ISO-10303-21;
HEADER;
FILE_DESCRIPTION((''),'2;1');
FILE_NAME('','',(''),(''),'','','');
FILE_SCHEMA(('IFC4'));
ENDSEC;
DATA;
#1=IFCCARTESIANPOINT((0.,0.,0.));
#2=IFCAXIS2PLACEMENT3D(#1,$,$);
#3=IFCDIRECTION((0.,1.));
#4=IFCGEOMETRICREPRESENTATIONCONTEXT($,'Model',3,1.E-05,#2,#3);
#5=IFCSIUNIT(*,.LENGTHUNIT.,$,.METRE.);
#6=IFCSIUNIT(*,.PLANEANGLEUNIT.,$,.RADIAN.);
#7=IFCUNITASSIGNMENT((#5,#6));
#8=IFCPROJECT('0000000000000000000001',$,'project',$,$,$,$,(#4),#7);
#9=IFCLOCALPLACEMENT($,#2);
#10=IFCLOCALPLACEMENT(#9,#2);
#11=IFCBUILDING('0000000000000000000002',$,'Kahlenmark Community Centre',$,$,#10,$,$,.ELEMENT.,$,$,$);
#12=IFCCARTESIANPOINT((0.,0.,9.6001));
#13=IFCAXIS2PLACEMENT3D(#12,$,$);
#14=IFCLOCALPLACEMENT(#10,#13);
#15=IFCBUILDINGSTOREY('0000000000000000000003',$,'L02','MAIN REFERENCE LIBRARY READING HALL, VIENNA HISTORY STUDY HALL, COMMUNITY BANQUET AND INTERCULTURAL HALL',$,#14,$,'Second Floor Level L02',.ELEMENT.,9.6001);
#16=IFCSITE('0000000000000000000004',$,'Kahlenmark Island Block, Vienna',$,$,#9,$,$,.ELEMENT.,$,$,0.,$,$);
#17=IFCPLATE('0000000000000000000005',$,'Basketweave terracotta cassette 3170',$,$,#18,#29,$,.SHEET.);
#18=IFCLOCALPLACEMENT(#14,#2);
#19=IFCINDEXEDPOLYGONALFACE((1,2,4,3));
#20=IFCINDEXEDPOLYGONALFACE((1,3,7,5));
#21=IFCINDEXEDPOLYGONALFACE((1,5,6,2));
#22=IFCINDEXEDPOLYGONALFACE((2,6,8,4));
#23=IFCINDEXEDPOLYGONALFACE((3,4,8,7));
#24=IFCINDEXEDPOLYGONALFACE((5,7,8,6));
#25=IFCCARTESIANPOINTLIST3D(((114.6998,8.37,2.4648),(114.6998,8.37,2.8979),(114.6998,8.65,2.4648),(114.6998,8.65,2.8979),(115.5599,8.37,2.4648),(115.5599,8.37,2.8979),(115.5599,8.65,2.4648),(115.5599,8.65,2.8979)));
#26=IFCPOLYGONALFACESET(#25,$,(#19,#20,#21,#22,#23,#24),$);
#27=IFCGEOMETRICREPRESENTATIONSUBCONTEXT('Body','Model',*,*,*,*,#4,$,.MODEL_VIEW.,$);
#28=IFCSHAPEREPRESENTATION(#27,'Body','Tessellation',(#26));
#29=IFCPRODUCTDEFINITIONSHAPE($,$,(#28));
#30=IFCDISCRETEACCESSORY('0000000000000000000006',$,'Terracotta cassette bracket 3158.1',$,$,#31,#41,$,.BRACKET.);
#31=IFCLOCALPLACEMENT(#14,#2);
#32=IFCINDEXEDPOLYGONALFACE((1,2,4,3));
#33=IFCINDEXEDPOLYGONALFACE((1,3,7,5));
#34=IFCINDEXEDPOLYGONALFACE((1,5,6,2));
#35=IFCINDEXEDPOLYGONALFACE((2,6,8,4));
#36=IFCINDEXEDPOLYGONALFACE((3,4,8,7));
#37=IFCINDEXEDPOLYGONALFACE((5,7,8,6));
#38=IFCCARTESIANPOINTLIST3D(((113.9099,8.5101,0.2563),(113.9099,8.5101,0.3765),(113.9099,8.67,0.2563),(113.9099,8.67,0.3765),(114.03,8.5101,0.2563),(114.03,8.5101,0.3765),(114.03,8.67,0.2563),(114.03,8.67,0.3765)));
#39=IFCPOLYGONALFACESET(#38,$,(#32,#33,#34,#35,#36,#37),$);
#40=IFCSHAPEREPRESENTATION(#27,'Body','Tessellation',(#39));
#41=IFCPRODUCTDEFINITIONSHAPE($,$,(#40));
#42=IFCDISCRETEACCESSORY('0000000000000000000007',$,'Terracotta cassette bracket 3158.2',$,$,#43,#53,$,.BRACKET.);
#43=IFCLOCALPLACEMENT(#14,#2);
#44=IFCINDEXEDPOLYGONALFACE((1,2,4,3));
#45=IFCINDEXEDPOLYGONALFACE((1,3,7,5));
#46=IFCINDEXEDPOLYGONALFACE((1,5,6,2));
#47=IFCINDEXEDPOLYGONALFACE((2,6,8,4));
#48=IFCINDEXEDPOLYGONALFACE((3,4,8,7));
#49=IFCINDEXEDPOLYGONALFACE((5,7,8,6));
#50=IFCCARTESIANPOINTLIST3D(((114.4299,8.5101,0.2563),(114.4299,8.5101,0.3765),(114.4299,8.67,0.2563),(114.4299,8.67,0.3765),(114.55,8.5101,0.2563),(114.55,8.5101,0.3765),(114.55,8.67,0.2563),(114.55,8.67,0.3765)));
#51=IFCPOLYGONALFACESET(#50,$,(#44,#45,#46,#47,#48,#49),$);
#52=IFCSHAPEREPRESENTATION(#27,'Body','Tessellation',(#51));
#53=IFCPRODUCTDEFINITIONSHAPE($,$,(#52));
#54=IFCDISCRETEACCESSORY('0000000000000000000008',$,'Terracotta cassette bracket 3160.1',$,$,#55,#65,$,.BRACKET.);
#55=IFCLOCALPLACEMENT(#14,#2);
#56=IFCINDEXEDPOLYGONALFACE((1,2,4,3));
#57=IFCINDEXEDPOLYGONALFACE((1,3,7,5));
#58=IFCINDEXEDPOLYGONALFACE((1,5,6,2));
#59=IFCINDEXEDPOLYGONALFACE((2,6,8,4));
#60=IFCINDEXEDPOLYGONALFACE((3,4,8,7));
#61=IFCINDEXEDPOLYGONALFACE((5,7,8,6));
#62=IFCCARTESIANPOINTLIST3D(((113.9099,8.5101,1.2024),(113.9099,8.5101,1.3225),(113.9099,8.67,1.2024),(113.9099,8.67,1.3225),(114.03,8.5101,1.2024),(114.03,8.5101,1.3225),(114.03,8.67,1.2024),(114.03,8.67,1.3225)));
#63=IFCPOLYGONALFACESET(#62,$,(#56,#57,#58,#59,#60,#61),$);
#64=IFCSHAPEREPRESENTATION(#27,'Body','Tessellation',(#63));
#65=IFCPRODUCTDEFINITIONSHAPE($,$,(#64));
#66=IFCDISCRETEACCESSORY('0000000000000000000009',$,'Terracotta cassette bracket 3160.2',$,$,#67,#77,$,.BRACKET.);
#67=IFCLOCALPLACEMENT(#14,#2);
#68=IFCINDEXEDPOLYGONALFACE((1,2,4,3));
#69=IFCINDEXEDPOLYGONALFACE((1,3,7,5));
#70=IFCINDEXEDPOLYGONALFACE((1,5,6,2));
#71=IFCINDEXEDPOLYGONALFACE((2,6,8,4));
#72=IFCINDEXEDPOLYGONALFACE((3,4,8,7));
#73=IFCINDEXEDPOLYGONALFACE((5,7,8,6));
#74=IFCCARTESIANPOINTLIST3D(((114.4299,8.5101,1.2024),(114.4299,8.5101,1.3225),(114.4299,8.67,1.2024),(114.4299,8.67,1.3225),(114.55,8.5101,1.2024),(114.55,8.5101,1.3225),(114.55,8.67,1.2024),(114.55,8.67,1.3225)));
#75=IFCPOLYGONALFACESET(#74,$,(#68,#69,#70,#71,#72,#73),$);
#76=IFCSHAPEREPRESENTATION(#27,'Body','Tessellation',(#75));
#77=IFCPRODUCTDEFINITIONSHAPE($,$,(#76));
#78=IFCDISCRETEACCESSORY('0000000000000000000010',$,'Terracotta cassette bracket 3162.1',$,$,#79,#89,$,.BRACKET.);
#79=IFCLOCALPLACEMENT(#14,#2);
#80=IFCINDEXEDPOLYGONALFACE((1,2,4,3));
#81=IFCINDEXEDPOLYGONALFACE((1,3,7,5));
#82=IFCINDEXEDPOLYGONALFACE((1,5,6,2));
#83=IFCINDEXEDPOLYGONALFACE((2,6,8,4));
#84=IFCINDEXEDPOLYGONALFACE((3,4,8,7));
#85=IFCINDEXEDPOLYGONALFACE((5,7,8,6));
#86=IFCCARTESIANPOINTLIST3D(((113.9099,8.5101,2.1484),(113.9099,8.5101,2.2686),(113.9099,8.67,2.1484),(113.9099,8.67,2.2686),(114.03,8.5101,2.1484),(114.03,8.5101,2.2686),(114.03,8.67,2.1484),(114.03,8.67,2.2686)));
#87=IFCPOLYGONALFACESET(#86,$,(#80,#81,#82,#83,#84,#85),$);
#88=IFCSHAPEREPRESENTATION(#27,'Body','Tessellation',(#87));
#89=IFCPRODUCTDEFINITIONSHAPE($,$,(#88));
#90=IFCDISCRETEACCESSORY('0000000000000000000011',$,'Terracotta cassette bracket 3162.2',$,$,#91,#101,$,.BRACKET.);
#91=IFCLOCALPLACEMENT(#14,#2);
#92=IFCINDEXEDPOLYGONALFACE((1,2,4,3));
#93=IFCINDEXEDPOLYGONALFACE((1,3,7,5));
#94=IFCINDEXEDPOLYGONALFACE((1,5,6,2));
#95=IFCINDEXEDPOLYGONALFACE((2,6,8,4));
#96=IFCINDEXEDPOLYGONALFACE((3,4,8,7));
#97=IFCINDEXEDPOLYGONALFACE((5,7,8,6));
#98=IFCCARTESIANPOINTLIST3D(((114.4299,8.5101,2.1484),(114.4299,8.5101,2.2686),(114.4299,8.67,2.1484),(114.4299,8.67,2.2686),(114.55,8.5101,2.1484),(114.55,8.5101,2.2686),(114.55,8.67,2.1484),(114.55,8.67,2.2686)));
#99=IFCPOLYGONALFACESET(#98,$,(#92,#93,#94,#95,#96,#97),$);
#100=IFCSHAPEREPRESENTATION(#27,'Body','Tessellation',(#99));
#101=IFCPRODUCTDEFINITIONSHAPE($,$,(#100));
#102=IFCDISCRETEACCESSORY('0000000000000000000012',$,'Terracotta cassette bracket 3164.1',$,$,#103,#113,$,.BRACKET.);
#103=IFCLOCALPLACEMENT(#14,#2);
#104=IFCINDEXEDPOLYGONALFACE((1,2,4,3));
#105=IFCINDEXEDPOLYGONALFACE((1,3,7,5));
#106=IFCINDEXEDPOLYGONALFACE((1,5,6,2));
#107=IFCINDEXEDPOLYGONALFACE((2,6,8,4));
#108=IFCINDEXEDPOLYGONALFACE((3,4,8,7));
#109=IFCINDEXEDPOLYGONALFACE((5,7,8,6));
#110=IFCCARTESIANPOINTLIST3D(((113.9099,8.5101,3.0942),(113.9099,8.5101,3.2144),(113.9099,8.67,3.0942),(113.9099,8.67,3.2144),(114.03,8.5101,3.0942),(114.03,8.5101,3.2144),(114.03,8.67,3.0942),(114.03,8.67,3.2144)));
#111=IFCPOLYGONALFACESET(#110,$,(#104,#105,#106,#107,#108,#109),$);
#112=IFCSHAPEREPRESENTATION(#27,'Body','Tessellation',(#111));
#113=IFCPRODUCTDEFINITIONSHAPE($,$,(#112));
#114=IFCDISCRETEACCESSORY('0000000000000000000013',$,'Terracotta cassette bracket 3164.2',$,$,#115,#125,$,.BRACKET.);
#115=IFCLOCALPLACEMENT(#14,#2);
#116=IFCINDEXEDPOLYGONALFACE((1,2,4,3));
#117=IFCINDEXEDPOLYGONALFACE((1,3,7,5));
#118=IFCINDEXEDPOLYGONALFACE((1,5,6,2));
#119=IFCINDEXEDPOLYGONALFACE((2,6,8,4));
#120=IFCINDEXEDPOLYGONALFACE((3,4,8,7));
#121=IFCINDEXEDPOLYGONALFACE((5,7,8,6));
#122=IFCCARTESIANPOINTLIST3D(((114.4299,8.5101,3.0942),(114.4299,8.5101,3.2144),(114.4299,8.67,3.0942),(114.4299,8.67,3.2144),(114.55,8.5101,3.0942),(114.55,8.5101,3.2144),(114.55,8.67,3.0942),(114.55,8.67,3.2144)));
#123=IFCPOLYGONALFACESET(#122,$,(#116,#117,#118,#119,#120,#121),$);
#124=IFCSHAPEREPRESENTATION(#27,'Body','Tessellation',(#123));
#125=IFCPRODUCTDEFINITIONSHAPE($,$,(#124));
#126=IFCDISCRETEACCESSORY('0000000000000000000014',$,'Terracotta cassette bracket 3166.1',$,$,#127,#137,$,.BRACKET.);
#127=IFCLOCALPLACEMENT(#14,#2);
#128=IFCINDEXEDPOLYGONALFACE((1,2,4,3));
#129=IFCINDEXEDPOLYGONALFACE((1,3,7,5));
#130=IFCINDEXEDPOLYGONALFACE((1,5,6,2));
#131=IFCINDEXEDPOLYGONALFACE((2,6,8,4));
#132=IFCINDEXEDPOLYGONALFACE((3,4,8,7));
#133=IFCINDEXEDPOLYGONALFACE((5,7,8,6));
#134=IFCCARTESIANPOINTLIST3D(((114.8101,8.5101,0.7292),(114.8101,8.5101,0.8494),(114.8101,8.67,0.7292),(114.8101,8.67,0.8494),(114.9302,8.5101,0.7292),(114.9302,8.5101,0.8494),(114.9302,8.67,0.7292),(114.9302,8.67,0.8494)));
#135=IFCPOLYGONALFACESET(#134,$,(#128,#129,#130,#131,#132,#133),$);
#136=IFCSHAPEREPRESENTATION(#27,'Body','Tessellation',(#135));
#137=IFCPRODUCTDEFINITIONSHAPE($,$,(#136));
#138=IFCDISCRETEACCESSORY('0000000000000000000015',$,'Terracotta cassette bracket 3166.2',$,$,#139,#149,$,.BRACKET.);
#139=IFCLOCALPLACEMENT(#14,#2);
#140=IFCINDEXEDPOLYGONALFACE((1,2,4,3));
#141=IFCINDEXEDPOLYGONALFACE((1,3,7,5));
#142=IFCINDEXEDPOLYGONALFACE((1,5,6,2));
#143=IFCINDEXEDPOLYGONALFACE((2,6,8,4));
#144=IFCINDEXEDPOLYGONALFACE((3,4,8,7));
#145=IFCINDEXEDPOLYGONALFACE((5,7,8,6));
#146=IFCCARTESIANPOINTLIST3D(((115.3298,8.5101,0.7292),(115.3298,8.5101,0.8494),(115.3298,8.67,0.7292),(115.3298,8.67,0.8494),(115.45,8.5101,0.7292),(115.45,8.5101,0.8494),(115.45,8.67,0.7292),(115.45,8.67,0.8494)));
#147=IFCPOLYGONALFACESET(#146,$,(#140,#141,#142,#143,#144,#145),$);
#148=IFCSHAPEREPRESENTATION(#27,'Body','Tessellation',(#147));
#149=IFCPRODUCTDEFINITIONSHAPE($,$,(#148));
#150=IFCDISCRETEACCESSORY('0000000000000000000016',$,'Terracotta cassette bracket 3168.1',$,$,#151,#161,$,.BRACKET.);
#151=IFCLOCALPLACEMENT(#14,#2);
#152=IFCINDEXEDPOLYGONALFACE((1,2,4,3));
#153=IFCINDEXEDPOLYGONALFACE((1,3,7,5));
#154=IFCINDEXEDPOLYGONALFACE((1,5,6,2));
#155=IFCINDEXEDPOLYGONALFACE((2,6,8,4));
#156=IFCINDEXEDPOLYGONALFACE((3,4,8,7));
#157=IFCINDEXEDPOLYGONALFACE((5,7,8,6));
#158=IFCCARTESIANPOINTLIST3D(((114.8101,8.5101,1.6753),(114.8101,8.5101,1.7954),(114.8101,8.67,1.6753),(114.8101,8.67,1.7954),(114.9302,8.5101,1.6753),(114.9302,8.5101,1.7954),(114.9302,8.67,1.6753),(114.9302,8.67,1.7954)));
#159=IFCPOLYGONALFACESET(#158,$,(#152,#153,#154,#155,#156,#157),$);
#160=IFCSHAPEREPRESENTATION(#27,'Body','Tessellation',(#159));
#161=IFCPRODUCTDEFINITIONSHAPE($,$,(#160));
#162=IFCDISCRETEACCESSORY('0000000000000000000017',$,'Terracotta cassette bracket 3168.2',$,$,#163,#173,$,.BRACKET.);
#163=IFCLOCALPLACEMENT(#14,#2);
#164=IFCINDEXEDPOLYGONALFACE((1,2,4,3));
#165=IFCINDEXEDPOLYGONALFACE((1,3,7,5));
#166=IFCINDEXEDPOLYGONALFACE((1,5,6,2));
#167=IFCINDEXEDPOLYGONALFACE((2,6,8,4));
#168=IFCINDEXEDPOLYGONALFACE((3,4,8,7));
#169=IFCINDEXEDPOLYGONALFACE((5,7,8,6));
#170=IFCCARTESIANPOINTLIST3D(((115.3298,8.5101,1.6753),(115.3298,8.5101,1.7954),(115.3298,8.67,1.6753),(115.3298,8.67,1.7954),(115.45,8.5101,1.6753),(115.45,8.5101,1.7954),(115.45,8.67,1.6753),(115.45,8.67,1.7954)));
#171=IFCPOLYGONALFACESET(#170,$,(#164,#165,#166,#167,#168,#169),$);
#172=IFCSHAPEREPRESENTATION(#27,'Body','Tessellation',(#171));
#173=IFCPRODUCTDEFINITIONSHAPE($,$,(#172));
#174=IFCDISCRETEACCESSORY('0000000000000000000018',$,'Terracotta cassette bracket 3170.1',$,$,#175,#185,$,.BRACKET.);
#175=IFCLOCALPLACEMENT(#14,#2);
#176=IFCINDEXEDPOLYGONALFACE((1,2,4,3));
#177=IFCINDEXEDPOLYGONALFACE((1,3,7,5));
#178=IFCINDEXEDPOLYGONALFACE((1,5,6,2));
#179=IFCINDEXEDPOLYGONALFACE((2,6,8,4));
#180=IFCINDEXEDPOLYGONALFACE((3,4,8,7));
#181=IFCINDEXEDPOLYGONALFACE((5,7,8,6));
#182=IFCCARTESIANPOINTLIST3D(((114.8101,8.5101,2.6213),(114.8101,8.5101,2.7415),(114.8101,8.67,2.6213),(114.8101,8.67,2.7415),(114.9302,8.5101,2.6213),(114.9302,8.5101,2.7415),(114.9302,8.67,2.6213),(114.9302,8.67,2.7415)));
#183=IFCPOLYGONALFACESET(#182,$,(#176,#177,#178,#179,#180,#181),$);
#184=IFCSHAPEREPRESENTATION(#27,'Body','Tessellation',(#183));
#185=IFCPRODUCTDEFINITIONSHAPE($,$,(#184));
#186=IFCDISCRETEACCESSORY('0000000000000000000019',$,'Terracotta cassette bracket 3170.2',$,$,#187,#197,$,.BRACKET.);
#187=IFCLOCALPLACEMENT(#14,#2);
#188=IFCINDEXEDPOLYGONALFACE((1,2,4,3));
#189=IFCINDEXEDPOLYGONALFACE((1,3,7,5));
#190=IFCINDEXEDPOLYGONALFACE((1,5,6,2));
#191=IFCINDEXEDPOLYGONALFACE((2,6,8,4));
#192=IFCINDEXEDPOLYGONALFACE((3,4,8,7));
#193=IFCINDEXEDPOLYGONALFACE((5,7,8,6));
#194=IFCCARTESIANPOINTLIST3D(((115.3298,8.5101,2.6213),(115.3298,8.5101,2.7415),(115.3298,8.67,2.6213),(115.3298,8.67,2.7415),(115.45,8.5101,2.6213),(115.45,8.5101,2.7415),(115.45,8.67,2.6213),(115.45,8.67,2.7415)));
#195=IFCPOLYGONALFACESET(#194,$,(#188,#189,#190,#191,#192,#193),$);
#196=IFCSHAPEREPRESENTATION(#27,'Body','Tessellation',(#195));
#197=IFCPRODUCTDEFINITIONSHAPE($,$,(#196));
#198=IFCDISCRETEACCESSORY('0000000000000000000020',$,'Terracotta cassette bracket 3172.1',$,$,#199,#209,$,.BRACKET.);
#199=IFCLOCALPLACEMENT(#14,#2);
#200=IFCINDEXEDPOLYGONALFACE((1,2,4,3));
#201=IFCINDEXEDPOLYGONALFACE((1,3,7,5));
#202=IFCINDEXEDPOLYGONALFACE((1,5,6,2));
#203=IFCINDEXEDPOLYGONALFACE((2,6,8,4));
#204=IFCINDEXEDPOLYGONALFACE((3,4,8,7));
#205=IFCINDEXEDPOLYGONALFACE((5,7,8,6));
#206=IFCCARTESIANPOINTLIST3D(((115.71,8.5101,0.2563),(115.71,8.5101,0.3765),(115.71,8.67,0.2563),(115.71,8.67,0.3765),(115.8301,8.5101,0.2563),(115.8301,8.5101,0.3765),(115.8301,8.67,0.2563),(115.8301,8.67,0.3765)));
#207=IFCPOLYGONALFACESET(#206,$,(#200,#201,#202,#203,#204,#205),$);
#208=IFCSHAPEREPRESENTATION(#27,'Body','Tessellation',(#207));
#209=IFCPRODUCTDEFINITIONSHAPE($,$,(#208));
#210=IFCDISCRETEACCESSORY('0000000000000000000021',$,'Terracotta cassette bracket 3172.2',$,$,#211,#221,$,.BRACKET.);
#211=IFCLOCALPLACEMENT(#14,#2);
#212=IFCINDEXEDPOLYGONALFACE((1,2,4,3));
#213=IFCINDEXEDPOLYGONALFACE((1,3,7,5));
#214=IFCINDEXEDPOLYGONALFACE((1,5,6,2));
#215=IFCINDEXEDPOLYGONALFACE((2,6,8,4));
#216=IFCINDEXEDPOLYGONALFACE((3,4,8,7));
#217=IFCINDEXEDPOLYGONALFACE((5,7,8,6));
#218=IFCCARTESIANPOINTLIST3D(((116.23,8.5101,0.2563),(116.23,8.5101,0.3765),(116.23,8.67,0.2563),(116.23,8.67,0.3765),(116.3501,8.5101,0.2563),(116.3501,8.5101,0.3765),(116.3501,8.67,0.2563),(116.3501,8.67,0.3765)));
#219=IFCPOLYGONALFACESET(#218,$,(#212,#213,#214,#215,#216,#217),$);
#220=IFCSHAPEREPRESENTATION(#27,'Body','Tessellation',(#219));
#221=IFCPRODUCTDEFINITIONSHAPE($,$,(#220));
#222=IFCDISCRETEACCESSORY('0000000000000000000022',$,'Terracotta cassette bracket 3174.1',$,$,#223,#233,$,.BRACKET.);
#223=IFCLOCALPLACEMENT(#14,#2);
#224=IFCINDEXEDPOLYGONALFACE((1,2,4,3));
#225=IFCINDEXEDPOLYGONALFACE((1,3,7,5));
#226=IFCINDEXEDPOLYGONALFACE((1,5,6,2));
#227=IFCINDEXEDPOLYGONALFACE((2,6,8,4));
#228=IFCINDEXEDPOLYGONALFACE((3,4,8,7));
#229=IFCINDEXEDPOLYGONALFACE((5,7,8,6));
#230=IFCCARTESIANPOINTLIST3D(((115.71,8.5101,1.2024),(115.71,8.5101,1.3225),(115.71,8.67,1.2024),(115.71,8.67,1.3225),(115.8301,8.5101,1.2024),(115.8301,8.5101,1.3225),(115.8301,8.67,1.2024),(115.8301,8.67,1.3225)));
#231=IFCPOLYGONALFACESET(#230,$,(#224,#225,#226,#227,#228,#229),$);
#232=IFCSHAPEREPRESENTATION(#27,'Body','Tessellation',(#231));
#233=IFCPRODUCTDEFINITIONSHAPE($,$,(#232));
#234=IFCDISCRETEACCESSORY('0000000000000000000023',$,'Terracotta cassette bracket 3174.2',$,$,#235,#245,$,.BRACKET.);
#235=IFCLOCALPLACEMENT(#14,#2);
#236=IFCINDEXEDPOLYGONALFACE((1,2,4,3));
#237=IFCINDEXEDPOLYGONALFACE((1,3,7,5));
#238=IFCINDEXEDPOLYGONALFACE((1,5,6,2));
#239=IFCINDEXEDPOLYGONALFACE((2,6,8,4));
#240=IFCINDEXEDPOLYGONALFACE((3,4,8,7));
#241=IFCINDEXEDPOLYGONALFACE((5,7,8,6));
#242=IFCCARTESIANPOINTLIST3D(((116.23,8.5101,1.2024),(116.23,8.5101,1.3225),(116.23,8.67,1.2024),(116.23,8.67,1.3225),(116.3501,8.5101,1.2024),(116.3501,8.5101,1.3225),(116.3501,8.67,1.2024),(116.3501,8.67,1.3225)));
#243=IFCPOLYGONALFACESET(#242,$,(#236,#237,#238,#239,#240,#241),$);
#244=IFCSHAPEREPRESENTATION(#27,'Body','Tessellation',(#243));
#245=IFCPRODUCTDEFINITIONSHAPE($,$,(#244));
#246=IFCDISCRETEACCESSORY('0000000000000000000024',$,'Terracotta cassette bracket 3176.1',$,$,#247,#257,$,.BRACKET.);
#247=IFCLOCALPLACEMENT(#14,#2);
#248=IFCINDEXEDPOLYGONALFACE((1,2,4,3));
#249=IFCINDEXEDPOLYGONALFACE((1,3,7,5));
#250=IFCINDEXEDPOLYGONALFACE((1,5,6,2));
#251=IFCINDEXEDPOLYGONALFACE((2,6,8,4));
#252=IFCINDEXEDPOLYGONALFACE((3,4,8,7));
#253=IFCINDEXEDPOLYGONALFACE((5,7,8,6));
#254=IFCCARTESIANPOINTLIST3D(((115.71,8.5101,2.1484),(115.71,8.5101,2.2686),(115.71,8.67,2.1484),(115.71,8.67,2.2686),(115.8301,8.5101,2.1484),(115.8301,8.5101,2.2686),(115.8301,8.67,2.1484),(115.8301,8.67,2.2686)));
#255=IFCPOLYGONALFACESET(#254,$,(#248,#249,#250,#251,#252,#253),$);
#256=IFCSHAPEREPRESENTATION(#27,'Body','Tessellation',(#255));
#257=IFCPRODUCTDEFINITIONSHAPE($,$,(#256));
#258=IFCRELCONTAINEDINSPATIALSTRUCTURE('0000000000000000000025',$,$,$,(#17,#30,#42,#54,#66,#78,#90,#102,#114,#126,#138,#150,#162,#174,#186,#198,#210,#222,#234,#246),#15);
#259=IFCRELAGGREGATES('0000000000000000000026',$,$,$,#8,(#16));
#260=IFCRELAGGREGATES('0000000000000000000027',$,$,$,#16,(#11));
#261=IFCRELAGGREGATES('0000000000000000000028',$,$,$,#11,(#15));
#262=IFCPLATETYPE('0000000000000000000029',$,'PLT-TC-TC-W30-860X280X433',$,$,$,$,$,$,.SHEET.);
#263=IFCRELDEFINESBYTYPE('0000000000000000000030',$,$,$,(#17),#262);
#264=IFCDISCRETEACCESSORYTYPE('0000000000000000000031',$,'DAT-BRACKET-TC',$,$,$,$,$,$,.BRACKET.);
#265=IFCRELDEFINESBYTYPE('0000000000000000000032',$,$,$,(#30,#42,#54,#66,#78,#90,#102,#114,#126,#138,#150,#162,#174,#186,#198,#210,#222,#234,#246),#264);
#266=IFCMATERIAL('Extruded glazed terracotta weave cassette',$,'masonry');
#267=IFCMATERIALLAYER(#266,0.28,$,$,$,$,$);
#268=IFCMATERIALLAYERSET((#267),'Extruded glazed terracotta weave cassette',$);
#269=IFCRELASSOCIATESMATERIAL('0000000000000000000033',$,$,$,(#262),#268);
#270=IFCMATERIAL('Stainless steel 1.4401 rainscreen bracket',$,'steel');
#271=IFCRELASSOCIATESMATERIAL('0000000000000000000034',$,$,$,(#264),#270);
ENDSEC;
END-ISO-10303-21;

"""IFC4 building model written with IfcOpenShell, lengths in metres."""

from ifc_helpers import new_model, si_unit, direction, frame, origin, origin_2d, place, context, subcontext, project, spatial, rectangle, extrude, material, layer, layer_set, type_object, element, save


model = new_model("IFC4")

# Units and contexts
model_context = context("Model", 3, precision=1e-05, world=origin(), true_north=direction((0.0, 1.0)))
body_context = subcontext(model_context, "Body", "Model", "MODEL_VIEW")
ifc_project = project(units=[si_unit("LENGTHUNIT", "METRE"), si_unit("PLANEANGLEUNIT", "RADIAN")], contexts=[model_context])

# Site, building, storey
site_placement = place(None, origin())
site = spatial("IfcSite", under=ifc_project, at=site_placement, Name="Kahlenmark Island Block, Vienna", CompositionType="ELEMENT", RefElevation=0.0)
building_placement = place(site_placement, origin())
building = spatial("IfcBuilding", under=site, at=building_placement, Name="Kahlenmark Community Centre", CompositionType="ELEMENT")
storey_placement = place(building_placement, frame((0.0, 0.0, 9.6001)))
storey = spatial("IfcBuildingStorey", under=building, at=storey_placement, Name="L02", Description="MAIN REFERENCE LIBRARY READING HALL, VIENNA HISTORY STUDY HALL, COMMUNITY BANQUET AND INTERCULTURAL HALL", LongName="Second Floor Level L02", CompositionType="ELEMENT", Elevation=9.6001)

# Plate
ifc_material_1 = material(Name="Extruded glazed terracotta weave cassette", Category="masonry")
ifc_layer_1 = layer(ifc_material_1, 0.28)
ifc_layer_set_1 = layer_set([ifc_layer_1], Name="Extruded glazed terracotta weave cassette")
plate_type_1 = type_object("IfcPlateType", Name="PLT-TC-TC-W30-860X280X433", PredefinedType="SHEET", material=ifc_layer_set_1)
plate_1_placement = place(storey_placement, frame((115.1299, 8.51, 2.4648), z_axis=(0.0, 0.0, 1.0), x_axis=(1.0, 0.0, 0.0)))
element("IfcPlate", 1, at=plate_1_placement, inside=storey, type_object=plate_type_1, Name="Basketweave terracotta cassette 3170", PredefinedType="SHEET", context=body_context, shape_type="SweptSolid", body=[
    extrude(rectangle(XDim=0.8601, YDim=0.28, at=origin_2d()), origin(), (0.0, 0.0, 1.0), 0.4331),
])

# Discrete accessories
ifc_material_2 = material(Name="Stainless steel 1.4401 rainscreen bracket", Category="steel")
discrete_accessory_type = type_object("IfcDiscreteAccessoryType", Name="DAT-BRACKET-TC", PredefinedType="BRACKET", material=ifc_material_2)
for number, where, z_axis, x_axis, name in (
    (2, (113.97, 8.5901, 0.2563), (0.0, 0.0, 1.0), (1.0, 0.0, 0.0), "Terracotta cassette bracket 3158.1"),
    (3, (114.49, 8.5901, 0.2563), (0.0, 0.0, 1.0), (1.0, 0.0, 0.0), "Terracotta cassette bracket 3158.2"),
    (4, (113.97, 8.5901, 1.2024), (0.0, 0.0, 1.0), (1.0, 0.0, 0.0), "Terracotta cassette bracket 3160.1"),
    (5, (114.49, 8.5901, 1.2024), (0.0, 0.0, 1.0), (1.0, 0.0, 0.0), "Terracotta cassette bracket 3160.2"),
    (6, (113.97, 8.5901, 2.1484), (0.0, 0.0, 1.0), (1.0, 0.0, 0.0), "Terracotta cassette bracket 3162.1"),
    (7, (114.49, 8.5901, 2.1484), (0.0, 0.0, 1.0), (1.0, 0.0, 0.0), "Terracotta cassette bracket 3162.2"),
    (8, (113.97, 8.5901, 3.0942), (0.0, 0.0, 1.0), (1.0, 0.0, 0.0), "Terracotta cassette bracket 3164.1"),
    (9, (114.49, 8.5901, 3.0942), (0.0, 0.0, 1.0), (1.0, 0.0, 0.0), "Terracotta cassette bracket 3164.2"),
    (10, (114.8701, 8.5901, 0.7292), (0.0, 0.0, 1.0), (1.0, 0.0, 0.0), "Terracotta cassette bracket 3166.1"),
    (11, (115.3899, 8.5901, 0.7292), (0.0, 0.0, 1.0), (1.0, 0.0, 0.0), "Terracotta cassette bracket 3166.2"),
    (12, (114.8701, 8.5901, 1.6753), (0.0, 0.0, 1.0), (1.0, 0.0, 0.0), "Terracotta cassette bracket 3168.1"),
    (13, (115.3899, 8.5901, 1.6753), (0.0, 0.0, 1.0), (1.0, 0.0, 0.0), "Terracotta cassette bracket 3168.2"),
    (14, (114.8701, 8.5901, 2.6213), (0.0, 0.0, 1.0), (1.0, 0.0, 0.0), "Terracotta cassette bracket 3170.1"),
    (15, (115.3899, 8.5901, 2.6213), (0.0, 0.0, 1.0), (1.0, 0.0, 0.0), "Terracotta cassette bracket 3170.2"),
    (16, (115.77, 8.5901, 0.2563), (0.0, 0.0, 1.0), (1.0, 0.0, 0.0), "Terracotta cassette bracket 3172.1"),
    (17, (116.29, 8.5901, 0.2563), (0.0, 0.0, 1.0), (1.0, 0.0, 0.0), "Terracotta cassette bracket 3172.2"),
    (18, (115.77, 8.5901, 1.2024), (0.0, 0.0, 1.0), (1.0, 0.0, 0.0), "Terracotta cassette bracket 3174.1"),
    (19, (116.29, 8.5901, 1.2024), (0.0, 0.0, 1.0), (1.0, 0.0, 0.0), "Terracotta cassette bracket 3174.2"),
    (20, (115.77, 8.5901, 2.1484), (0.0, 0.0, 1.0), (1.0, 0.0, 0.0), "Terracotta cassette bracket 3176.1"),
):
    element("IfcDiscreteAccessory", number, at=place(storey_placement, frame(where, z_axis=z_axis, x_axis=x_axis)), inside=storey, type_object=discrete_accessory_type, Name=name, PredefinedType="BRACKET", context=body_context, shape_type="SweptSolid", body=[
        extrude(rectangle(XDim=0.1201, YDim=0.1599, at=origin_2d()), origin(), (0.0, 0.0, 1.0), 0.1201),
    ])

save(model, "model.ifc")
